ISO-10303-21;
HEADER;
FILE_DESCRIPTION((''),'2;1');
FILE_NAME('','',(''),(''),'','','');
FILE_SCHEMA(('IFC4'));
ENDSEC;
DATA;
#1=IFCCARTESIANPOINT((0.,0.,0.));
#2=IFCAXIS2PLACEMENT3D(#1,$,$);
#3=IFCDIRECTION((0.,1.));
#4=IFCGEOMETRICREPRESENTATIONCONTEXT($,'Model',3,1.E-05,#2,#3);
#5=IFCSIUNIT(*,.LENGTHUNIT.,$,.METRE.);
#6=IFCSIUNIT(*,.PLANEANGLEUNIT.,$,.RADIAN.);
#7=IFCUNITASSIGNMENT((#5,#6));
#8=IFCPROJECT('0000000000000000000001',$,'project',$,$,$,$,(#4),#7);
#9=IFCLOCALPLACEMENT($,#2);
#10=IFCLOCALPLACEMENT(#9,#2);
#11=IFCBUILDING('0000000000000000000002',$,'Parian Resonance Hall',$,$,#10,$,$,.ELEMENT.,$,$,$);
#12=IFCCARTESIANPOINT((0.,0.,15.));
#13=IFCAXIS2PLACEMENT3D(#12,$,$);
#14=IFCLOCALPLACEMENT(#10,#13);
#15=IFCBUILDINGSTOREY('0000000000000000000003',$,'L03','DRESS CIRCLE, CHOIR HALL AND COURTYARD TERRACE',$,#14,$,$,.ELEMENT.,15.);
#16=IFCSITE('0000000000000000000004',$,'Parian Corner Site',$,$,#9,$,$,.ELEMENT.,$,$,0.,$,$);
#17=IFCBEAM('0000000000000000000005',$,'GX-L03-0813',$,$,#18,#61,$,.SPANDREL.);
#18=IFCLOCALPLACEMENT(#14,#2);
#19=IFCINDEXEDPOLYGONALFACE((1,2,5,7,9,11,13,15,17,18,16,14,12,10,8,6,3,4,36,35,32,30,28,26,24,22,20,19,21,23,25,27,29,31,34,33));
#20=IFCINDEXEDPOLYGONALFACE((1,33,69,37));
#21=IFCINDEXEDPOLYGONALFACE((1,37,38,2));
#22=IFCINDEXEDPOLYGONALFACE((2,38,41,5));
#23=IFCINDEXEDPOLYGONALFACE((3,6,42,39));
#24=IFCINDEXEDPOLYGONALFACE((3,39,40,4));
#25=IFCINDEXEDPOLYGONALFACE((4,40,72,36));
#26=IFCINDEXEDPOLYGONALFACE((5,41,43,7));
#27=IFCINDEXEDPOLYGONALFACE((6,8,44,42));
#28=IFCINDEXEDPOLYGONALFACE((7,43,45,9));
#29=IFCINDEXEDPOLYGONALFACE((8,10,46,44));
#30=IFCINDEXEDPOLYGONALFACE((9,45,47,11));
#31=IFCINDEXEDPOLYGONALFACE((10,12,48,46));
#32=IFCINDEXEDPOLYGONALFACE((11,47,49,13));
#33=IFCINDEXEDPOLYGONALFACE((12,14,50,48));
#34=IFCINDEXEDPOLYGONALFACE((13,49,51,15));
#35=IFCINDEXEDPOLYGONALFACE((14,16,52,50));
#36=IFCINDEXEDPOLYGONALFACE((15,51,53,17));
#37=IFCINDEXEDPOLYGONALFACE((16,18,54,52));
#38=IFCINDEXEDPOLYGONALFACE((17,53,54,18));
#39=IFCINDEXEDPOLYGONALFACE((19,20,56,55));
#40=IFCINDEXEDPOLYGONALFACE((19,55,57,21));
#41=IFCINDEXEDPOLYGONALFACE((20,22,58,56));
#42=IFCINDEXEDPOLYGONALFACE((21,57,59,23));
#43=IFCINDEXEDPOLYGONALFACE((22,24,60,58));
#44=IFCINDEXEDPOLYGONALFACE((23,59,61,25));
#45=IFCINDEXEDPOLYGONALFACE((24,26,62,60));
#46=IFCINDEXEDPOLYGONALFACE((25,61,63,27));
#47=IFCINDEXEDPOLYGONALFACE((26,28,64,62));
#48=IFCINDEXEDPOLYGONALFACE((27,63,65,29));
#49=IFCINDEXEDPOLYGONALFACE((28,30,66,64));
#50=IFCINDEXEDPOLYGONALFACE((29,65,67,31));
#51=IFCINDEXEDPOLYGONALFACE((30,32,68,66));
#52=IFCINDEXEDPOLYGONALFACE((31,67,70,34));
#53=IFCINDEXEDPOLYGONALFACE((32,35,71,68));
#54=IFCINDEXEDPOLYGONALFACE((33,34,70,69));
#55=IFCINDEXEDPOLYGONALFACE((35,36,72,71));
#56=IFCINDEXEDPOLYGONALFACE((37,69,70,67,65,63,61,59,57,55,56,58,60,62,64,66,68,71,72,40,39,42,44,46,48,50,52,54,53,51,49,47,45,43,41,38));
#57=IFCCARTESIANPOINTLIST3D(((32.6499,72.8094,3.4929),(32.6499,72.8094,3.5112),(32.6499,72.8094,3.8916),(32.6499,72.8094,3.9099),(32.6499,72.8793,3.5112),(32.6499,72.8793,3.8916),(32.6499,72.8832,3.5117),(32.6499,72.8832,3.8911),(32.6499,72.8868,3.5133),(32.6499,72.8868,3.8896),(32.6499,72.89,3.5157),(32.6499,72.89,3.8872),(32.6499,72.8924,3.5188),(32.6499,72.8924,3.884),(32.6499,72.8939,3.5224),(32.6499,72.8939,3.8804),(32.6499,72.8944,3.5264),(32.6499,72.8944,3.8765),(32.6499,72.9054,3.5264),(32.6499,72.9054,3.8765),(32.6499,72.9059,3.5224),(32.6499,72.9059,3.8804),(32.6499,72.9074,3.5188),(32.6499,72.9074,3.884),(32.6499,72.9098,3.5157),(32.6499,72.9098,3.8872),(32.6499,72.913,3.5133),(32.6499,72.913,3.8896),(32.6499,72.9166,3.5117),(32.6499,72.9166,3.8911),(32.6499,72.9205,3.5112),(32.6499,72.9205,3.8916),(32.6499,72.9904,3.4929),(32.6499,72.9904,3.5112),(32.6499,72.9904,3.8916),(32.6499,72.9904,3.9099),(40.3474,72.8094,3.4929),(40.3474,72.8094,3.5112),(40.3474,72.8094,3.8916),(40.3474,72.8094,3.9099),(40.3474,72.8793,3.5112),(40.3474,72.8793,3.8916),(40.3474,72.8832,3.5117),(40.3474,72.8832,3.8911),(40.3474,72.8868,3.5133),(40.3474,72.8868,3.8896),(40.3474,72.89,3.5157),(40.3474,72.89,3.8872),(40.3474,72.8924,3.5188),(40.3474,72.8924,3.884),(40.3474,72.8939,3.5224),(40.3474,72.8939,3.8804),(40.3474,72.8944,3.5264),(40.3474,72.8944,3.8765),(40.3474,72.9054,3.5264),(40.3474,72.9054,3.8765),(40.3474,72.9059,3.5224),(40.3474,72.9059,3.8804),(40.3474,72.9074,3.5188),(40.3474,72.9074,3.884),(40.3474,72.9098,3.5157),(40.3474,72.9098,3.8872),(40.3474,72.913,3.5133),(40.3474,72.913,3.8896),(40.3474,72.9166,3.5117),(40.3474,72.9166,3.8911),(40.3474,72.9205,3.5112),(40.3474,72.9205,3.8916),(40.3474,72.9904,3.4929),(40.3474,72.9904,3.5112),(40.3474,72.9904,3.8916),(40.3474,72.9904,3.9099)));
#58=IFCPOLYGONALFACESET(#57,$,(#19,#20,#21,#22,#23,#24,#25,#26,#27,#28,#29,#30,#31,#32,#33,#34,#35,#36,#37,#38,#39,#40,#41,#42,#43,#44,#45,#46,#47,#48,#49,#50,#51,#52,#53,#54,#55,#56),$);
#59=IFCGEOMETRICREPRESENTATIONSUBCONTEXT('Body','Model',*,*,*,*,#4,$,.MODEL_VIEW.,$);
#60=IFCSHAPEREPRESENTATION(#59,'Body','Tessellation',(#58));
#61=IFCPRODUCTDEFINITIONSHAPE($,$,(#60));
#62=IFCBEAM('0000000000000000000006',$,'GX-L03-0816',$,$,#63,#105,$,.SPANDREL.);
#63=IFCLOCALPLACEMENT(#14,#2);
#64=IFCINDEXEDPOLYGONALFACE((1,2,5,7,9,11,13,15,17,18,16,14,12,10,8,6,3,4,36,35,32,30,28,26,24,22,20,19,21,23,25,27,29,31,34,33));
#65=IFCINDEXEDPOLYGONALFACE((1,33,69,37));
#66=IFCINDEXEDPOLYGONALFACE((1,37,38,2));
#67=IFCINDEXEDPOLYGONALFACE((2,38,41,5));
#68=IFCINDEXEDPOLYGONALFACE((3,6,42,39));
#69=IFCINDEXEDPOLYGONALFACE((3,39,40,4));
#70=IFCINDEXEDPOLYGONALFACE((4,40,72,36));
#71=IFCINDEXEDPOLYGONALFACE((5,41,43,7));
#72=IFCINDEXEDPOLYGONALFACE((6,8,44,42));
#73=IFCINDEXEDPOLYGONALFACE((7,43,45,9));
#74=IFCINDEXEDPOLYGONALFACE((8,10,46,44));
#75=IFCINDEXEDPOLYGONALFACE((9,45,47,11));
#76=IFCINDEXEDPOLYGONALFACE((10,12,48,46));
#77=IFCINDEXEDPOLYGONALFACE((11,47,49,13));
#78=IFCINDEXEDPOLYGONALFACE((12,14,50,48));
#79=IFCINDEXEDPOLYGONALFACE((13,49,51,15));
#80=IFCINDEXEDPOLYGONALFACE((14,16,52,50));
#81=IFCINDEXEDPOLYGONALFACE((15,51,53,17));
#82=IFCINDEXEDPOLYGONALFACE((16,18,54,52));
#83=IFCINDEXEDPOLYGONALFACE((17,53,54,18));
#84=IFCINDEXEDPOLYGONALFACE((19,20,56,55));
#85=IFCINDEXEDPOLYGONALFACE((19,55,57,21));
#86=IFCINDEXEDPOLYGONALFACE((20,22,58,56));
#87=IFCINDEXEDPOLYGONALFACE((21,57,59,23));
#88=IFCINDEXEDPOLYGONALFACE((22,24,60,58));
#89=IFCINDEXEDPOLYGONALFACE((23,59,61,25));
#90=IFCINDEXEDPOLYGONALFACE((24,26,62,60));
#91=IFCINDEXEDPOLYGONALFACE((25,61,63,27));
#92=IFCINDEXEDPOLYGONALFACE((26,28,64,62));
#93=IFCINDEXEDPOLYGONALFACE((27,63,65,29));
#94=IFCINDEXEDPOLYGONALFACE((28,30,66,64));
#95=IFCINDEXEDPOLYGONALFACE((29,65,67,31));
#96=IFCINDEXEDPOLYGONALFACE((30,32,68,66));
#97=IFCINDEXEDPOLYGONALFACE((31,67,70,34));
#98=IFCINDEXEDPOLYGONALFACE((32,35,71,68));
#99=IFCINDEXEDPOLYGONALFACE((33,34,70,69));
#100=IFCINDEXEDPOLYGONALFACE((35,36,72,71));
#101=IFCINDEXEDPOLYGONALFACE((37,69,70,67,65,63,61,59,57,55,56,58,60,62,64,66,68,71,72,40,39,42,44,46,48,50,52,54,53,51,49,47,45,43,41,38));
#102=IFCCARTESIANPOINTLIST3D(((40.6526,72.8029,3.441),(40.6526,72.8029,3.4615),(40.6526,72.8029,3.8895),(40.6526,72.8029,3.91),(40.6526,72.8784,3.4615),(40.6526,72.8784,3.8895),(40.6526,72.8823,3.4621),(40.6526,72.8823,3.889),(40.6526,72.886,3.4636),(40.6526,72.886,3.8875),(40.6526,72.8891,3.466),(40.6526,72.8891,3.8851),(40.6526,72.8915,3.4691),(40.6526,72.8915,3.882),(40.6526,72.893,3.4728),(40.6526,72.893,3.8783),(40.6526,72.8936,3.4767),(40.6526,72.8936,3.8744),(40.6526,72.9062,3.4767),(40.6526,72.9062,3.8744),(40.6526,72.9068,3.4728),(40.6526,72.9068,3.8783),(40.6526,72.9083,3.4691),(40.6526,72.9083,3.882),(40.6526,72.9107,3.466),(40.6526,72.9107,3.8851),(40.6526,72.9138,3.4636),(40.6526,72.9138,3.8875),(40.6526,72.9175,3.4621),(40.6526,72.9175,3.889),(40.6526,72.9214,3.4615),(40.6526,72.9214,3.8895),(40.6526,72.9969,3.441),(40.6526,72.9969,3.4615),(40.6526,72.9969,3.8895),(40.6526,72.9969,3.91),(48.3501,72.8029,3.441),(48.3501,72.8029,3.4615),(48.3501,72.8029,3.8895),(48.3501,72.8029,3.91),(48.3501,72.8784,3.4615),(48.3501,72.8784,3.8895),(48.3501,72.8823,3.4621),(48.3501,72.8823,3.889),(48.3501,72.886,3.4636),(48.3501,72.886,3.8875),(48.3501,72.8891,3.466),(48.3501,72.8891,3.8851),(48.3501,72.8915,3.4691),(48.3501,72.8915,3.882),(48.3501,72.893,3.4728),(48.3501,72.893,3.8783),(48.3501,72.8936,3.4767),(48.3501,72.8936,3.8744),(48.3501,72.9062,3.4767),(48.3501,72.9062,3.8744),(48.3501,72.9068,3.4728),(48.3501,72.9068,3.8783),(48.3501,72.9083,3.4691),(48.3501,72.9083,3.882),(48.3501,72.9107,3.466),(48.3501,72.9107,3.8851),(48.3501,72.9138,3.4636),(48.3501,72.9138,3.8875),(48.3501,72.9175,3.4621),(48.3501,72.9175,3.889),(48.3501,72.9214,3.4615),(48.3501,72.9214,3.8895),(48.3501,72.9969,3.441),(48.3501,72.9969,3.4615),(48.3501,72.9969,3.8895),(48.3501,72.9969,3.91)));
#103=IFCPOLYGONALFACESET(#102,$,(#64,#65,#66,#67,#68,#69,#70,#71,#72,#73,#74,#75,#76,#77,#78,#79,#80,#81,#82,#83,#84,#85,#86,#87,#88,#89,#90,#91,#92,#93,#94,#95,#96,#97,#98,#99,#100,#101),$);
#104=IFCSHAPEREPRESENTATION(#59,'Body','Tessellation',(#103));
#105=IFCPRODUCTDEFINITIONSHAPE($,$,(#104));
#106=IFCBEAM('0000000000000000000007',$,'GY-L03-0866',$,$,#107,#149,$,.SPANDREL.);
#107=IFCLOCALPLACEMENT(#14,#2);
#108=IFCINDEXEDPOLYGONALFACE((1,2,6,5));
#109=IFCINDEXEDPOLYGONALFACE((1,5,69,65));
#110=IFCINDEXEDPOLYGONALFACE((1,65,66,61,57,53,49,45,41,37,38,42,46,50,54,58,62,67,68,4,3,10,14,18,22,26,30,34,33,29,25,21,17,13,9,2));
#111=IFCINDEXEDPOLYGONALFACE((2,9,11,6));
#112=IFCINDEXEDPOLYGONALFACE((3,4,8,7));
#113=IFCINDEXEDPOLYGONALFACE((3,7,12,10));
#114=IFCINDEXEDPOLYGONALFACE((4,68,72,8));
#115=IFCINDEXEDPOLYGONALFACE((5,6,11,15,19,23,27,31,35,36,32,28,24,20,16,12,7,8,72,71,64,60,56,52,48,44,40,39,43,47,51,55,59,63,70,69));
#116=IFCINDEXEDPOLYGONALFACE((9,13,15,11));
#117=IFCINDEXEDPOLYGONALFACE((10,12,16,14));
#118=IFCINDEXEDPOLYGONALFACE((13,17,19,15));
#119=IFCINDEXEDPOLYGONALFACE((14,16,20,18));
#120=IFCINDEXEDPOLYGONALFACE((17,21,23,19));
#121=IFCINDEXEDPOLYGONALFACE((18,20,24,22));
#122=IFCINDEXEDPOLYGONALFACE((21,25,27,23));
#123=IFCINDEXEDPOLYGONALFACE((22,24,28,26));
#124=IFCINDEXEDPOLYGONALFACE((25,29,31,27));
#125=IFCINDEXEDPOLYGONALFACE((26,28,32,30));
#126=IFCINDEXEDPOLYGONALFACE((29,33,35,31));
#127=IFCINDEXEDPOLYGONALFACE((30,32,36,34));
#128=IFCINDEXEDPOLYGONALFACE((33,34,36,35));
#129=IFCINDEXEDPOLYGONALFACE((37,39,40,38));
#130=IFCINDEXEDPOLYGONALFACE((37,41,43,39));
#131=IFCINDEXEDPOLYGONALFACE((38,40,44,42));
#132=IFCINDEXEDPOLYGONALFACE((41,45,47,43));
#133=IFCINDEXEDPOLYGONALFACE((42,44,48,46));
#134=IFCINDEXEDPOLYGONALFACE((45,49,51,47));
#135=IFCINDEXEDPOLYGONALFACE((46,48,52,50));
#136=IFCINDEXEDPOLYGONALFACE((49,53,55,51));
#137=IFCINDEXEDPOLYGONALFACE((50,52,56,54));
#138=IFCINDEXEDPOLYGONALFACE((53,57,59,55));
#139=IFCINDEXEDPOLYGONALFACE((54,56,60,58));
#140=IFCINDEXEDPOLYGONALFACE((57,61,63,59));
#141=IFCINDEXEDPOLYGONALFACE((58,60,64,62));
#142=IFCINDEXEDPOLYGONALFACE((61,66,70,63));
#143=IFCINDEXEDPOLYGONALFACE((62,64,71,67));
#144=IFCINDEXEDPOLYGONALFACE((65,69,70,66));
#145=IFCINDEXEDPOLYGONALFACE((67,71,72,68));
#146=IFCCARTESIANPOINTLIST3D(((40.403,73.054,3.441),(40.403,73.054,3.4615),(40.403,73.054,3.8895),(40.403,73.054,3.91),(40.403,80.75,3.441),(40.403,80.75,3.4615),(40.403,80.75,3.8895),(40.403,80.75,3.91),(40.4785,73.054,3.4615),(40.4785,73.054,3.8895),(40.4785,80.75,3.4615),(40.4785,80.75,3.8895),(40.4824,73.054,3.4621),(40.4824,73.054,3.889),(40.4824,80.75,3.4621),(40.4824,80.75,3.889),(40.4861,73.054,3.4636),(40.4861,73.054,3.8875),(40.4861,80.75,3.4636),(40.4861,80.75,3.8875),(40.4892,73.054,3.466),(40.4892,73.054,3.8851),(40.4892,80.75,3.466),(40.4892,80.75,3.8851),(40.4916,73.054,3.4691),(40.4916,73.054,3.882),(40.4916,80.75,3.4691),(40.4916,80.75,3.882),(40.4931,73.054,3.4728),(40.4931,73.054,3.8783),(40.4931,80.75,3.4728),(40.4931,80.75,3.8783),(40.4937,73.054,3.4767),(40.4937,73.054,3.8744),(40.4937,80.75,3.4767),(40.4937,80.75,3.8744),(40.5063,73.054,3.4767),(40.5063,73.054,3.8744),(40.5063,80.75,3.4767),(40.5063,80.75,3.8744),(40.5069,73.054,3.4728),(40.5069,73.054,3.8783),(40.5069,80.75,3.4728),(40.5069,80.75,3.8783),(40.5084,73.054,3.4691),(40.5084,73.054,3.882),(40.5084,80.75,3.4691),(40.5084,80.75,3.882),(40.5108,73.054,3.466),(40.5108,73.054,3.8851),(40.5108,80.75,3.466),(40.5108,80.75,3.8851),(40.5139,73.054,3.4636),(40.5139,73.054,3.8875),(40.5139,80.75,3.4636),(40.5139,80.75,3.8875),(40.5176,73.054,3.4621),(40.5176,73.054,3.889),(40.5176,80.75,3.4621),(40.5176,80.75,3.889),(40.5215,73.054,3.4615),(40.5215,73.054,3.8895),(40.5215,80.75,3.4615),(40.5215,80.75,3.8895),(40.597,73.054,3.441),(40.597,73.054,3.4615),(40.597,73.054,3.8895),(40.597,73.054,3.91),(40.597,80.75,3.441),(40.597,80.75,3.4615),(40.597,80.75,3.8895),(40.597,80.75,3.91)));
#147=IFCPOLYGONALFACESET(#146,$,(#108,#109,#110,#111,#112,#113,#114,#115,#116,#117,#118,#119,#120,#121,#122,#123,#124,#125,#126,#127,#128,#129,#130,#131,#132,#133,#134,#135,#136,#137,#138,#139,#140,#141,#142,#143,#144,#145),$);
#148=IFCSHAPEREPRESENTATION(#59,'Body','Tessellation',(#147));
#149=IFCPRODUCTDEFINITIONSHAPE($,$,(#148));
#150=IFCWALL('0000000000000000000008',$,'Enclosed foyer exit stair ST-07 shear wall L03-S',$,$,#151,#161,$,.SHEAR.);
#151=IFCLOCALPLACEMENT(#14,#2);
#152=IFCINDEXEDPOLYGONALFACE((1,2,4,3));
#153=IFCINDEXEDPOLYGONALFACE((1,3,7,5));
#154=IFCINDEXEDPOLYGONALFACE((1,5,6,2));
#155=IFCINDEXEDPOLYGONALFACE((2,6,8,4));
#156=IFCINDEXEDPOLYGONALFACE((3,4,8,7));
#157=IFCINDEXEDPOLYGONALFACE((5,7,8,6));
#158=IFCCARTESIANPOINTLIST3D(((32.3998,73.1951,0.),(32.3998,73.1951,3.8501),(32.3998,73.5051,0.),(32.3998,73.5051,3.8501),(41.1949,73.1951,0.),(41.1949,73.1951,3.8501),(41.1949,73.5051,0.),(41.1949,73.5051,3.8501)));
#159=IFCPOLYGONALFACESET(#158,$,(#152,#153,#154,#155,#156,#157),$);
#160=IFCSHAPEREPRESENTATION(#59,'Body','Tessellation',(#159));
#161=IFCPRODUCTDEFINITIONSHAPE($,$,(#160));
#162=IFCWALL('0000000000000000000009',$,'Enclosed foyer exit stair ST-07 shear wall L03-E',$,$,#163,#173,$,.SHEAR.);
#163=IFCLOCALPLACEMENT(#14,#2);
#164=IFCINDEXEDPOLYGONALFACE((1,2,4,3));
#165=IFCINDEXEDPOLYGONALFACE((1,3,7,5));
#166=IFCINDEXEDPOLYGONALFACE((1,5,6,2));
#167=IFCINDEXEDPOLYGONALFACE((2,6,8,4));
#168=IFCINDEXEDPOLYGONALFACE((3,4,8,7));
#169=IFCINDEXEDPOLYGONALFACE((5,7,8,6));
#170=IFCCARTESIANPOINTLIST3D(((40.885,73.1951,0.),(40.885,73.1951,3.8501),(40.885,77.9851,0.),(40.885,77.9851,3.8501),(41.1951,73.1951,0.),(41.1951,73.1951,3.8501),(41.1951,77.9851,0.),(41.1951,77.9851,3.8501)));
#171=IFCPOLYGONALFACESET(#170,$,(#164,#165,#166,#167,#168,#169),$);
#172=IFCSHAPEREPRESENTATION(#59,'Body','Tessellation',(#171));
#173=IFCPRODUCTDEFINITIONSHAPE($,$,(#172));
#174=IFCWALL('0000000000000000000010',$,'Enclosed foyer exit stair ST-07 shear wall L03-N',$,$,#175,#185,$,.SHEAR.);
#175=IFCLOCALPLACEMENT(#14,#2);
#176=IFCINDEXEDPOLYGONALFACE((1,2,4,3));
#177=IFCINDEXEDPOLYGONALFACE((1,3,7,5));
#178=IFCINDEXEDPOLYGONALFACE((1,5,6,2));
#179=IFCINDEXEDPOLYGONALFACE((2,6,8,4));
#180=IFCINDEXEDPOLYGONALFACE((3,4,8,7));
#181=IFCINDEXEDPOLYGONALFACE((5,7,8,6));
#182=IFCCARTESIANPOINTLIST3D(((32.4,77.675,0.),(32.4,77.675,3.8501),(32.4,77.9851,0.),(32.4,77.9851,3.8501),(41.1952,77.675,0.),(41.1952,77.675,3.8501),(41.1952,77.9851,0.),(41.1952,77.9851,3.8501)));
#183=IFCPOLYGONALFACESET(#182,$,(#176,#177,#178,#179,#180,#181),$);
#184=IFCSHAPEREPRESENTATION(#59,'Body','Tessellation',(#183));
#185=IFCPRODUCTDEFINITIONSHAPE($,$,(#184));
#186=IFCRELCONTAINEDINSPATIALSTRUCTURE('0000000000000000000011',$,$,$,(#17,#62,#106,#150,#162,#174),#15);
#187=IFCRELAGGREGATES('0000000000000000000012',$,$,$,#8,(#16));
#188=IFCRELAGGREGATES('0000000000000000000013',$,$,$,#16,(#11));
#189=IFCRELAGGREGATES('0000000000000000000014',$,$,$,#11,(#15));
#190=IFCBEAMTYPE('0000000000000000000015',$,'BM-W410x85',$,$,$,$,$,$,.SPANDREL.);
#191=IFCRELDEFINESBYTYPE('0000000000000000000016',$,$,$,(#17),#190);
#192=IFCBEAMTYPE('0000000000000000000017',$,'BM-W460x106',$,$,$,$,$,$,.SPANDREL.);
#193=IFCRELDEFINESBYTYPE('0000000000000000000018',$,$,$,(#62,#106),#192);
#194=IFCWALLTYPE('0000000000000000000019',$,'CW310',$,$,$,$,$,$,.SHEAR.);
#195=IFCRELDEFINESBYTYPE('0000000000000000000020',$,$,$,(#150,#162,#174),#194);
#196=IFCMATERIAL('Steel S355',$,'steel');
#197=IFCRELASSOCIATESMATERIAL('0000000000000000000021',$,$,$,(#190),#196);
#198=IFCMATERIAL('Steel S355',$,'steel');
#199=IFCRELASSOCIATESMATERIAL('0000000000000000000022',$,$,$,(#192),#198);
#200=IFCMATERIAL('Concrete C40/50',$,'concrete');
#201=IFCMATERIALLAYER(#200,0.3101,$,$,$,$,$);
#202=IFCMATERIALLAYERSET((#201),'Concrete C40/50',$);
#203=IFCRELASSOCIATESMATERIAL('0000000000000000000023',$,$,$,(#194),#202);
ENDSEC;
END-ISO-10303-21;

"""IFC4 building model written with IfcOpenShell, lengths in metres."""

from ifc_helpers import new_model, si_unit, direction, frame, frame_2d, origin, origin_2d, place, context, subcontext, project, spatial, rectangle, i_section, extrude, material, layer, layer_set, material_profile, profile_set, type_object, element, save


model = new_model("IFC4")

# Units and contexts
model_context = context("Model", 3, precision=1e-05, world=origin(), true_north=direction((0.0, 1.0)))
body_context = subcontext(model_context, "Body", "Model", "MODEL_VIEW")
ifc_project = project(units=[si_unit("LENGTHUNIT", "METRE"), si_unit("PLANEANGLEUNIT", "RADIAN")], contexts=[model_context])

# Site, building, storey
site_placement = place(None, origin())
site = spatial("IfcSite", under=ifc_project, at=site_placement, Name="Parian Corner Site", CompositionType="ELEMENT", RefElevation=0.0)
building_placement = place(site_placement, origin())
building = spatial("IfcBuilding", under=site, at=building_placement, Name="Parian Resonance Hall", CompositionType="ELEMENT")
storey_placement = place(building_placement, frame((0.0, 0.0, 15.0)))
storey = spatial("IfcBuildingStorey", under=building, at=storey_placement, Name="L03", Description="DRESS CIRCLE, CHOIR HALL AND COURTYARD TERRACE", CompositionType="ELEMENT", Elevation=15.0)

# Beams
ifc_material_1 = material(Name="Steel S355", Category="steel")
ifc_material_profile_1 = material_profile(ifc_material_1, i_section(OverallWidth=0.1809, OverallDepth=0.417, WebThickness=0.011, FlangeThickness=0.0183, FilletRadius=0.0151, at=origin_2d()), Name="W410x85")
ifc_profile_set_1 = profile_set([ifc_material_profile_1], Name="Steel S355")
beam_type_1 = type_object("IfcBeamType", Name="BM-W410x85", PredefinedType="SPANDREL", material=ifc_profile_set_1)
beam_1_placement = place(storey_placement, frame((32.6499, 72.8999, 3.7014), z_axis=(1.0, 0.0, 0.0), x_axis=(0.0, 1.0, 0.0)))
element("IfcBeam", 1, at=beam_1_placement, inside=storey, type_object=beam_type_1, Name="GX-L03-0813", PredefinedType="SPANDREL", context=body_context, shape_type="SweptSolid", body=[
    extrude(i_section(OverallWidth=0.1809, OverallDepth=0.417, WebThickness=0.011, FlangeThickness=0.0183, FilletRadius=0.0151, at=origin_2d()), origin(), (0.0, 0.0, 1.0), 7.6975),
])
ifc_material_2 = material(Name="Steel S355", Category="steel")
ifc_material_profile_2 = material_profile(ifc_material_2, i_section(OverallWidth=0.1941, OverallDepth=0.469, WebThickness=0.0127, FlangeThickness=0.0205, FilletRadius=0.0151, at=origin_2d()), Name="W460x106")
ifc_profile_set_2 = profile_set([ifc_material_profile_2], Name="Steel S355")
beam_type_2 = type_object("IfcBeamType", Name="BM-W460x106", PredefinedType="SPANDREL", material=ifc_profile_set_2)
beam_2_placement = place(storey_placement, frame((40.6526, 72.8999, 3.6755), z_axis=(1.0, 0.0, 0.0), x_axis=(0.0, 1.0, 0.0)))
element("IfcBeam", 2, at=beam_2_placement, inside=storey, type_object=beam_type_2, Name="GX-L03-0816", PredefinedType="SPANDREL", context=body_context, shape_type="SweptSolid", body=[
    extrude(i_section(OverallWidth=0.1941, OverallDepth=0.469, WebThickness=0.0127, FlangeThickness=0.0205, FilletRadius=0.0151, at=origin_2d()), origin(), (0.0, 0.0, 1.0), 7.6975),
])
beam_3_placement = place(storey_placement, frame((40.5, 73.054, 3.6755), z_axis=(0.0, 1.0, 0.0), x_axis=(-1.0, 0.0, 0.0)))
element("IfcBeam", 3, at=beam_3_placement, inside=storey, type_object=beam_type_2, Name="GY-L03-0866", PredefinedType="SPANDREL", context=body_context, shape_type="SweptSolid", body=[
    extrude(i_section(OverallWidth=0.1941, OverallDepth=0.469, WebThickness=0.0127, FlangeThickness=0.0205, FilletRadius=0.0151, at=origin_2d()), origin(), (0.0, 0.0, 1.0), 7.696),
])

# Walls
ifc_material_3 = material(Name="Concrete C40/50", Category="concrete")
ifc_layer_1 = layer(ifc_material_3, 0.3101)
ifc_layer_set_1 = layer_set([ifc_layer_1], Name="Concrete C40/50")
wall_type_1 = type_object("IfcWallType", Name="CW310", PredefinedType="SHEAR", material=ifc_layer_set_1)
wall_1_placement = place(storey_placement, frame((32.3999, 73.3501, 0.0), z_axis=(0.0, 0.0, 1.0), x_axis=(1.0, 0.0, 0.0)))
element("IfcWall", 4, at=wall_1_placement, inside=storey, type_object=wall_type_1, Name="Enclosed foyer exit stair ST-07 shear wall L03-S", PredefinedType="SHEAR", context=body_context, shape_type="SweptSolid", body=[
    extrude(rectangle(XDim=8.7952, YDim=0.3101, at=frame_2d((4.3975, 0.0))), origin(), (0.0, 0.0, 1.0), 3.8501),
])
wall_2_placement = place(storey_placement, frame((41.04, 73.1951, 0.0), z_axis=(0.0, 0.0, 1.0), x_axis=(0.0, 1.0, 0.0)))
element("IfcWall", 5, at=wall_2_placement, inside=storey, type_object=wall_type_1, Name="Enclosed foyer exit stair ST-07 shear wall L03-E", PredefinedType="SHEAR", context=body_context, shape_type="SweptSolid", body=[
    extrude(rectangle(XDim=4.79, YDim=0.3101, at=frame_2d((2.395, 0.0))), origin(), (0.0, 0.0, 1.0), 3.8501),
])
wall_3_placement = place(storey_placement, frame((41.1951, 77.8301, 0.0), z_axis=(0.0, 0.0, 1.0), x_axis=(-1.0, 0.0, 0.0)))
element("IfcWall", 6, at=wall_3_placement, inside=storey, type_object=wall_type_1, Name="Enclosed foyer exit stair ST-07 shear wall L03-N", PredefinedType="SHEAR", context=body_context, shape_type="SweptSolid", body=[
    extrude(rectangle(XDim=8.7952, YDim=0.3101, at=frame_2d((4.3975, 0.0))), origin(), (0.0, 0.0, 1.0), 3.8501),
])

save(model, "model.ifc")
